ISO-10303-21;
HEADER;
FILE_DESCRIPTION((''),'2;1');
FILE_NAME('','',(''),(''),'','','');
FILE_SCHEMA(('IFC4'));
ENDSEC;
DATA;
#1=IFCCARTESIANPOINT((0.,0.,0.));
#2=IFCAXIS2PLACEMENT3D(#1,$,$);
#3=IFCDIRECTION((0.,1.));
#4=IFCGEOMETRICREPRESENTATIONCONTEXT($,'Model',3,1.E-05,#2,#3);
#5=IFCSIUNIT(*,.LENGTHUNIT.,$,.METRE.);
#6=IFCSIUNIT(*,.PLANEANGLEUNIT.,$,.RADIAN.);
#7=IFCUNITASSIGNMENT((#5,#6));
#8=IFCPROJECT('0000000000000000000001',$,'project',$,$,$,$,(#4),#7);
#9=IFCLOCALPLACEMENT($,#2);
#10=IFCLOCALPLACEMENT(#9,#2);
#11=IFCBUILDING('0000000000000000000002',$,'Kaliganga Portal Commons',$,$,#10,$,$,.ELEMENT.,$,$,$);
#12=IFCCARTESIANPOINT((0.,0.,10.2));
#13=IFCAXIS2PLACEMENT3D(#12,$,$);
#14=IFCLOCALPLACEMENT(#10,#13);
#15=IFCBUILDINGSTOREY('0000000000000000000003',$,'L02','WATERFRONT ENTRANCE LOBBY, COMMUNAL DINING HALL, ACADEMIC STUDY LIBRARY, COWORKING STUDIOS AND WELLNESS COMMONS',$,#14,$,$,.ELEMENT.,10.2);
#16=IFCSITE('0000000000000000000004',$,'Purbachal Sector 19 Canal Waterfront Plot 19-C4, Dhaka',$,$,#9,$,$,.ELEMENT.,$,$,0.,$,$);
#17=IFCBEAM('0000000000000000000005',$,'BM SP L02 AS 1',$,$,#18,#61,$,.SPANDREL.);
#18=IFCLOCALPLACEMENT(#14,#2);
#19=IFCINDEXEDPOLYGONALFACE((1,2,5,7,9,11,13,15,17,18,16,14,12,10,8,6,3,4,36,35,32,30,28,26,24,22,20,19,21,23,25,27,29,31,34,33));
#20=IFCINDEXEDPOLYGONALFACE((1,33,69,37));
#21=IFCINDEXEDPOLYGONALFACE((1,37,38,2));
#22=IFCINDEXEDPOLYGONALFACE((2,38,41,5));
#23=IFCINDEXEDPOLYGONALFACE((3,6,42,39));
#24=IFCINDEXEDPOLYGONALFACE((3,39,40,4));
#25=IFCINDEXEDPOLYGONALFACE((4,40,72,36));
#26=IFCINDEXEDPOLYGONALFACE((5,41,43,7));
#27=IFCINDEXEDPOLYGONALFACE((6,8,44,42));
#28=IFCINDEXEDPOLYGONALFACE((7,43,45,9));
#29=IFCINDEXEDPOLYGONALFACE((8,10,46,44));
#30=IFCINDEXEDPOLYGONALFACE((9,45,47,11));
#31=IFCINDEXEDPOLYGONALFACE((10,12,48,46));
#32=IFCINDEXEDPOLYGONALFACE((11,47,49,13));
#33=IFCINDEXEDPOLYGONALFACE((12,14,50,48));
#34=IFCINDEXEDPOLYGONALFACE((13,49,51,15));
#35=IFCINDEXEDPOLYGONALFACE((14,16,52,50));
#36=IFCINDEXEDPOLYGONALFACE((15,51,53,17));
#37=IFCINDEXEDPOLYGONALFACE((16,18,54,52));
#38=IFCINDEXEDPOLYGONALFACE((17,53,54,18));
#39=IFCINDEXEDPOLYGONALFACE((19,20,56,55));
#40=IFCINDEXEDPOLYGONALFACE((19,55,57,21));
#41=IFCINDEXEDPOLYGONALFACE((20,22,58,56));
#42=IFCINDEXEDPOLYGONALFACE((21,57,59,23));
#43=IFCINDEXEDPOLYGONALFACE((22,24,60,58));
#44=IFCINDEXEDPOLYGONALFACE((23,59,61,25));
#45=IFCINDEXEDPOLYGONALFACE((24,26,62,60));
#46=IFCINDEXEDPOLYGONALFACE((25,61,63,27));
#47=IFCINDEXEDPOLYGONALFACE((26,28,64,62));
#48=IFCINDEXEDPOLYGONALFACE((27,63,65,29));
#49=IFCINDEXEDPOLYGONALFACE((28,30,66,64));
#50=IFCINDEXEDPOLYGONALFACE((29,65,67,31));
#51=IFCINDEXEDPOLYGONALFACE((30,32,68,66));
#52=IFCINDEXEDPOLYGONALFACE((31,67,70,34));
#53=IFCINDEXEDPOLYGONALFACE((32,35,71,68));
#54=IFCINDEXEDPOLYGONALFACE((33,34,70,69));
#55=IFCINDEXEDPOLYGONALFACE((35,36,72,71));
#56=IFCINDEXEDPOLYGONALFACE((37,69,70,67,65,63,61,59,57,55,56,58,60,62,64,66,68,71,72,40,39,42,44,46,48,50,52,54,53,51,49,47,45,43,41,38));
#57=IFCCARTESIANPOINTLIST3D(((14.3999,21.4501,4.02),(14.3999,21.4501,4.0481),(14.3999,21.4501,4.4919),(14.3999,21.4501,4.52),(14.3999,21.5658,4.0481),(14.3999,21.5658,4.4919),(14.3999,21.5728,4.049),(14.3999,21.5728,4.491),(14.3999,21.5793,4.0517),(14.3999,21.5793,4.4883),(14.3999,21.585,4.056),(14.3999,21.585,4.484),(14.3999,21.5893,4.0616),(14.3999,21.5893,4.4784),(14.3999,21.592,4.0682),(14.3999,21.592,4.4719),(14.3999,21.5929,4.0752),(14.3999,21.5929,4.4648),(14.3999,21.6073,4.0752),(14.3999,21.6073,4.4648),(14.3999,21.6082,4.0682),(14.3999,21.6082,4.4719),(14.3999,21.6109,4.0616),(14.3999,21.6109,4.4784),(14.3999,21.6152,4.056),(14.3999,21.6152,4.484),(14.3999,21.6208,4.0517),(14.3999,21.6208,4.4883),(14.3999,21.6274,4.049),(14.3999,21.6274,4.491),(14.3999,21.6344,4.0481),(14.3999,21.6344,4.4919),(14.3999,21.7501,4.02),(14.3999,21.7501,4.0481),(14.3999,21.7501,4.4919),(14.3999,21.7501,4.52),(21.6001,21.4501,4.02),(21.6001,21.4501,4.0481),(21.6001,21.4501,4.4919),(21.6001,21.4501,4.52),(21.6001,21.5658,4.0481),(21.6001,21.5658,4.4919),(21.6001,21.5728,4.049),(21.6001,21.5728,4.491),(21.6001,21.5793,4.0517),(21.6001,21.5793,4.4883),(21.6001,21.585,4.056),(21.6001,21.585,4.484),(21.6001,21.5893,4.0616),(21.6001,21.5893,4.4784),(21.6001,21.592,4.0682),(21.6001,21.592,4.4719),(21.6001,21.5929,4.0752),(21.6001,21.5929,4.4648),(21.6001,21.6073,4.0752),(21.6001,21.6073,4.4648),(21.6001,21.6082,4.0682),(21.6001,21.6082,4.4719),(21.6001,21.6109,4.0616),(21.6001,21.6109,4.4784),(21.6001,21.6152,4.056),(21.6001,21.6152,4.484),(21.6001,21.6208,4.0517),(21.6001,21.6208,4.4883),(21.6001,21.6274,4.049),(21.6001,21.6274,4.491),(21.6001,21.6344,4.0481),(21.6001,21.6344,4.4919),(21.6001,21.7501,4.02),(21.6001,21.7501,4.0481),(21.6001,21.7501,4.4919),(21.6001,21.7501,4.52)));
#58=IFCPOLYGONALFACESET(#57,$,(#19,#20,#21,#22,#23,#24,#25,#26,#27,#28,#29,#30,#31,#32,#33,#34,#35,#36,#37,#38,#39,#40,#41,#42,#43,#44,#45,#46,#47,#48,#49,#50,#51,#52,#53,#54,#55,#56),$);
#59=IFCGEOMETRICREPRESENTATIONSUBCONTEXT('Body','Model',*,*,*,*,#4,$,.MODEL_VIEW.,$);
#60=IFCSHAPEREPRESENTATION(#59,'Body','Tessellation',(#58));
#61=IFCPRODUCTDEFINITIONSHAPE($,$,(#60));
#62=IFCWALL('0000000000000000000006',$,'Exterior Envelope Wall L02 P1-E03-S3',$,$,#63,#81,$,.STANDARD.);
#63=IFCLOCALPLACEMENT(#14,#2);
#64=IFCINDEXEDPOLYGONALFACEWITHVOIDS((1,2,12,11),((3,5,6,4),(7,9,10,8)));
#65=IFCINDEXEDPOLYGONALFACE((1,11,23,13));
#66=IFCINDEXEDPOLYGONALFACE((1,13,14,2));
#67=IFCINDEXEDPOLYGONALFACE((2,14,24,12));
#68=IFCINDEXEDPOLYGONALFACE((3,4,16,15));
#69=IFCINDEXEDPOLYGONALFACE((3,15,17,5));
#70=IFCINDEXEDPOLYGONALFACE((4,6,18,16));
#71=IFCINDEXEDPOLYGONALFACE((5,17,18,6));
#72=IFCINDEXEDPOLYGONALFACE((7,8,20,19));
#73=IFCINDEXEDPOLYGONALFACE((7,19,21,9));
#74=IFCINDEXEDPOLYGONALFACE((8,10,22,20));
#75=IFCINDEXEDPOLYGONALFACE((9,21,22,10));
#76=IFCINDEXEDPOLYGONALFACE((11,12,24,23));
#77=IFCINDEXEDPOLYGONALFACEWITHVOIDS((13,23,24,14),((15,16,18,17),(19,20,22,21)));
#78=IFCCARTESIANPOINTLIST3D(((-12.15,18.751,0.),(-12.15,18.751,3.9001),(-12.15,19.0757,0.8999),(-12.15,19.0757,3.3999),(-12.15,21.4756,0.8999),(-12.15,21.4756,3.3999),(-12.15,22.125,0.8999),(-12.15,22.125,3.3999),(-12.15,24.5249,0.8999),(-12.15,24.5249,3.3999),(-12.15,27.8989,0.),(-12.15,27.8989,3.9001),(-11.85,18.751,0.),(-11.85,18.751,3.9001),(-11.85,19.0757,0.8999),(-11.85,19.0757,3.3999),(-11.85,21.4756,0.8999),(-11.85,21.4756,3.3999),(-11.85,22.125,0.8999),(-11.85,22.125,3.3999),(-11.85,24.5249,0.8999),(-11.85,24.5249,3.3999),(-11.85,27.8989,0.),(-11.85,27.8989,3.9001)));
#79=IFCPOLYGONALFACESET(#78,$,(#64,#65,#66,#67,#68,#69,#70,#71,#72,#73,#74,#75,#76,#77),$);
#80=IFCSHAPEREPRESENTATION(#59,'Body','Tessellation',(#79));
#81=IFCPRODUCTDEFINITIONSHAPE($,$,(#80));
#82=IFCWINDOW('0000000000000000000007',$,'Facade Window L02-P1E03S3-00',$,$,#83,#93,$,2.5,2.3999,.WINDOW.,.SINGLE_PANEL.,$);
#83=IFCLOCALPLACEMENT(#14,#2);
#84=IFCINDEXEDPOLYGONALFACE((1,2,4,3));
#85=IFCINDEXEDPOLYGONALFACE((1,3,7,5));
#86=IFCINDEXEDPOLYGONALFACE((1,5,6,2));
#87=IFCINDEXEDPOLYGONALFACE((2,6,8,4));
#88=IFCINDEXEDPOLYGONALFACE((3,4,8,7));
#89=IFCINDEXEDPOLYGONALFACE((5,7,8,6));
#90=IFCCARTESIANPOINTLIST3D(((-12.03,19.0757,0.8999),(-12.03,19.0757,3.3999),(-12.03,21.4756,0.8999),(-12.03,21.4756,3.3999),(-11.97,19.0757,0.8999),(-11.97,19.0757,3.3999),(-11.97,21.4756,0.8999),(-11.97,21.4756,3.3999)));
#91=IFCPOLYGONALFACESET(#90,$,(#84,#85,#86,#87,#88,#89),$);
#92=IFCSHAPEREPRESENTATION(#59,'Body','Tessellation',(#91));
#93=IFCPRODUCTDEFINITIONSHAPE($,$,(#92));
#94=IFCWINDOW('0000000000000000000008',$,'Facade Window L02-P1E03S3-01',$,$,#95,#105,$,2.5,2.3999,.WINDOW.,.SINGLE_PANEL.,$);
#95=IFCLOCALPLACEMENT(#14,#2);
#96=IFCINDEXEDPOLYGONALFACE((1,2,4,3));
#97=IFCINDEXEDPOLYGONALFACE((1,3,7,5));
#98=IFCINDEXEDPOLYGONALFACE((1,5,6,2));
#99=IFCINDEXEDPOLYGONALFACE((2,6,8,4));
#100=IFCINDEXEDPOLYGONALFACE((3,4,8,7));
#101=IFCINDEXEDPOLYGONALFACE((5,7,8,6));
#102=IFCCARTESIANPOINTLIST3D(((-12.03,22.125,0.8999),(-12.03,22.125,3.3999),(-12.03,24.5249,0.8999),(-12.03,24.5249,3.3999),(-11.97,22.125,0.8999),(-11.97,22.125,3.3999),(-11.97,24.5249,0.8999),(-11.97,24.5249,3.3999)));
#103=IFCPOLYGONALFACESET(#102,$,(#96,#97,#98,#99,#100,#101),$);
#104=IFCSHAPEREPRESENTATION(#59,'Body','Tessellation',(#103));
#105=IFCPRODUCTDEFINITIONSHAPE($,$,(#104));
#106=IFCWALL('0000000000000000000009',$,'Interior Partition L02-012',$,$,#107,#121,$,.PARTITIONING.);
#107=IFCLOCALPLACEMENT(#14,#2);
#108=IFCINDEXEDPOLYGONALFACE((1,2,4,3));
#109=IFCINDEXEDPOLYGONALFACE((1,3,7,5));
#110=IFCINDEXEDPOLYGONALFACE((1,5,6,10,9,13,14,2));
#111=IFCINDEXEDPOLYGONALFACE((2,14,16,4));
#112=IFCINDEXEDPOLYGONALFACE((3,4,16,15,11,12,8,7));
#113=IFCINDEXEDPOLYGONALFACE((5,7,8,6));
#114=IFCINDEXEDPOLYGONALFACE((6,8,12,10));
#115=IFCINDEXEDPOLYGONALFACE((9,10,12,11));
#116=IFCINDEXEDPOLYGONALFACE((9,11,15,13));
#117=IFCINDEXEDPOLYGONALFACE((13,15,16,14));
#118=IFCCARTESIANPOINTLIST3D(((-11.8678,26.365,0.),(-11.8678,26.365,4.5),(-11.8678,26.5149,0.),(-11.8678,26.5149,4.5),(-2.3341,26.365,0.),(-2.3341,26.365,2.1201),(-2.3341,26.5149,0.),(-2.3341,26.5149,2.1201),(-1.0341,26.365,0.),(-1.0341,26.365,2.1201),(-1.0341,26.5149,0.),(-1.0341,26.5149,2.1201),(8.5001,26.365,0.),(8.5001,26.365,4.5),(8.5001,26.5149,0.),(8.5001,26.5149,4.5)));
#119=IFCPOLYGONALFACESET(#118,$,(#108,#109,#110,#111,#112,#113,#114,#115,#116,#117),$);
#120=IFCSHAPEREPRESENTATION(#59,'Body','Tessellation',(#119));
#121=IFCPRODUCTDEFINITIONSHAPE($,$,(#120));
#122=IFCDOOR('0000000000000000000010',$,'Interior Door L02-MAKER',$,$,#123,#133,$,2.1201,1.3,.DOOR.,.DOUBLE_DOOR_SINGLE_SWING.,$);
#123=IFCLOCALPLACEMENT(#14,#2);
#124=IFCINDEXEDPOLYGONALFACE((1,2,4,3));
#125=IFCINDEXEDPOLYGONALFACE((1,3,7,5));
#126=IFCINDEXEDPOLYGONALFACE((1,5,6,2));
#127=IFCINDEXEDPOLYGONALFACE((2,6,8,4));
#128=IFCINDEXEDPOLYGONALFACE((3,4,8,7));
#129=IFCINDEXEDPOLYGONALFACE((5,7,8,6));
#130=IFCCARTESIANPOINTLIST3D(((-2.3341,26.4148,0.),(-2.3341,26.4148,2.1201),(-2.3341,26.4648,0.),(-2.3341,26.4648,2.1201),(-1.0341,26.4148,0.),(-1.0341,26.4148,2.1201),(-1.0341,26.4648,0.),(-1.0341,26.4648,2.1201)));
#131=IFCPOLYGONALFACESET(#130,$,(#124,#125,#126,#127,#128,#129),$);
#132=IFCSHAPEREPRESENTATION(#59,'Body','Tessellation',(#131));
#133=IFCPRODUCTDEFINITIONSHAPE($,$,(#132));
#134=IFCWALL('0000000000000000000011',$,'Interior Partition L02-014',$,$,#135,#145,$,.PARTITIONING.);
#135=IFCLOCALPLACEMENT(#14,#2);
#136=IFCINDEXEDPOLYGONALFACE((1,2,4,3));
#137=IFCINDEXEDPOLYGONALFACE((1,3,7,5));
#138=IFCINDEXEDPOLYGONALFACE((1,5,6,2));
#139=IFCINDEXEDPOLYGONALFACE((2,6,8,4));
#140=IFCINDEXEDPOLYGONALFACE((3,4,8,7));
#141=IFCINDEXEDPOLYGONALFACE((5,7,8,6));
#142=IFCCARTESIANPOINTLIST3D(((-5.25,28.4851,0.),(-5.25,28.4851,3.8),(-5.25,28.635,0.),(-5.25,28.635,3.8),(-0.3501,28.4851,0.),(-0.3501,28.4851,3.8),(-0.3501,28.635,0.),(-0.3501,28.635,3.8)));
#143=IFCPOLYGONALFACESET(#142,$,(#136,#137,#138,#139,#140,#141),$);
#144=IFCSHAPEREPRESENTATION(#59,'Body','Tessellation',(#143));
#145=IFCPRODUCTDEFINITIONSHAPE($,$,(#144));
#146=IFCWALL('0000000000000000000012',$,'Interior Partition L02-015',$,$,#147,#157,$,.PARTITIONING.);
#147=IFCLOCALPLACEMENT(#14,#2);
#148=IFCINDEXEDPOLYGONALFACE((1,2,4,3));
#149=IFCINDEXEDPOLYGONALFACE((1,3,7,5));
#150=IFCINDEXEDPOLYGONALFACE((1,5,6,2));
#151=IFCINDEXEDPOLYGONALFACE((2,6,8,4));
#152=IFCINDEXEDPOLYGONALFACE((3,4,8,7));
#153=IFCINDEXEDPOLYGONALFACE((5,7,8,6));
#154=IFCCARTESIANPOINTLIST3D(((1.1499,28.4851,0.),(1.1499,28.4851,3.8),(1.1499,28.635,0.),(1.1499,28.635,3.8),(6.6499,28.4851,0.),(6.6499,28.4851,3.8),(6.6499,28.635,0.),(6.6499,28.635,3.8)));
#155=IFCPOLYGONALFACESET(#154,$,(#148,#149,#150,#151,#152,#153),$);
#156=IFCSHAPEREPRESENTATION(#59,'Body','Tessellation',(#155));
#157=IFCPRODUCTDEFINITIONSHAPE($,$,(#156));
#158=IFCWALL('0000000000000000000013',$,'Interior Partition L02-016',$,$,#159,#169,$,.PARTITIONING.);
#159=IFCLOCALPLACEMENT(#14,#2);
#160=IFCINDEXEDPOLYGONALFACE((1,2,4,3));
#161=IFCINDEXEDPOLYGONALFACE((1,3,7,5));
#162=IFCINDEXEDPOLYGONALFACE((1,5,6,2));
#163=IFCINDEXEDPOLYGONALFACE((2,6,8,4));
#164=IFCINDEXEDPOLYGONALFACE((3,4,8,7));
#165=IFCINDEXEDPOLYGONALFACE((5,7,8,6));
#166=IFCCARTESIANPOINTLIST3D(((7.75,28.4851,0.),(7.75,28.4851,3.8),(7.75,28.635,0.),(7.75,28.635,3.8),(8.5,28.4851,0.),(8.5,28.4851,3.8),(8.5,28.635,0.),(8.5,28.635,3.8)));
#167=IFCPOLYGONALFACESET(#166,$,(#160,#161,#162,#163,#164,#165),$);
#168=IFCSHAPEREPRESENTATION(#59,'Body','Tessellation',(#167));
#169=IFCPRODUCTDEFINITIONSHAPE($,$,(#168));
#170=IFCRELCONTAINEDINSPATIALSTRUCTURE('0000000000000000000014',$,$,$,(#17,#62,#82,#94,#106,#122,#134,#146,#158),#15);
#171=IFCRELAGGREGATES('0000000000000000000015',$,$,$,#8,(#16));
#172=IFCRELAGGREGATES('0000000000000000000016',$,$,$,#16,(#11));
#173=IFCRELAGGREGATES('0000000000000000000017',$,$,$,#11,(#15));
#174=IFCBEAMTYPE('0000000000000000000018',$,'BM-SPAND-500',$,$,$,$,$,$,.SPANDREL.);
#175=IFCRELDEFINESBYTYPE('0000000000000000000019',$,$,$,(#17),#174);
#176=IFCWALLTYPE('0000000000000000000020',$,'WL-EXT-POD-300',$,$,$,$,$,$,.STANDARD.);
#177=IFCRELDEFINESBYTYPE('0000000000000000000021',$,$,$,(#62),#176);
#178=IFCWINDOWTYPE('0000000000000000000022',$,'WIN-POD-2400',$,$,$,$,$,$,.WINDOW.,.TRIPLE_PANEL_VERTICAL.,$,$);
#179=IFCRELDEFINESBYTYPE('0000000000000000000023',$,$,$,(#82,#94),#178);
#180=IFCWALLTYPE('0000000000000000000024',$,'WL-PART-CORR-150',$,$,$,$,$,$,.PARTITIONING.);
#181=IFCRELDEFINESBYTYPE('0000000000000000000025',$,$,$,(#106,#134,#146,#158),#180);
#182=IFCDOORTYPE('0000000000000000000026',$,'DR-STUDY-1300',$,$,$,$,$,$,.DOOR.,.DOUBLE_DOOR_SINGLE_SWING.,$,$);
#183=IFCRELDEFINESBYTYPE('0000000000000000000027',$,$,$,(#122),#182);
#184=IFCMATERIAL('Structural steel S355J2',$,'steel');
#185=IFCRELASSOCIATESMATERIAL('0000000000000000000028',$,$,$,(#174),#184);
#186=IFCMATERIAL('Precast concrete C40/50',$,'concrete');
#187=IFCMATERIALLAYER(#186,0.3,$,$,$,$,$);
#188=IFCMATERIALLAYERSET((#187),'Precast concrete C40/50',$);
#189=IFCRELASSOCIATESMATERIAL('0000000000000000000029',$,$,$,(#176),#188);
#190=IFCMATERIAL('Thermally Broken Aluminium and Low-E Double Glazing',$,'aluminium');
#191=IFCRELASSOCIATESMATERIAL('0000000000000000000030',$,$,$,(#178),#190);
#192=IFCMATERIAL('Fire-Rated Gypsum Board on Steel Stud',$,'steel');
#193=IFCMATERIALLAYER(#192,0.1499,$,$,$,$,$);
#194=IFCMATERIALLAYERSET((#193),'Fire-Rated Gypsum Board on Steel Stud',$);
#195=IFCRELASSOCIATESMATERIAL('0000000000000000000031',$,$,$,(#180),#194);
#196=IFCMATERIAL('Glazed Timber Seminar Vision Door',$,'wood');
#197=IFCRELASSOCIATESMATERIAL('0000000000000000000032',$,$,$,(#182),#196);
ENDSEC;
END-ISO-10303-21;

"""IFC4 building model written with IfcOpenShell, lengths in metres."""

from ifc_helpers import new_model, si_unit, direction, frame, frame_2d, origin, origin_2d, place, context, subcontext, project, spatial, rectangle, i_section, extrude, source, transform, mapped, material, layer, layer_set, material_profile, profile_set, type_object, element, fill, save


model = new_model("IFC4")

# Units and contexts
model_context = context("Model", 3, precision=1e-05, world=origin(), true_north=direction((0.0, 1.0)))
body_context = subcontext(model_context, "Body", "Model", "MODEL_VIEW")
ifc_project = project(units=[si_unit("LENGTHUNIT", "METRE"), si_unit("PLANEANGLEUNIT", "RADIAN")], contexts=[model_context])

# Site, building, storey
site_placement = place(None, origin())
site = spatial("IfcSite", under=ifc_project, at=site_placement, Name="Purbachal Sector 19 Canal Waterfront Plot 19-C4, Dhaka", CompositionType="ELEMENT", RefElevation=0.0)
building_placement = place(site_placement, origin())
building = spatial("IfcBuilding", under=site, at=building_placement, Name="Kaliganga Portal Commons", CompositionType="ELEMENT")
storey_placement = place(building_placement, frame((0.0, 0.0, 10.2)))
storey = spatial("IfcBuildingStorey", under=building, at=storey_placement, Name="L02", Description="WATERFRONT ENTRANCE LOBBY, COMMUNAL DINING HALL, ACADEMIC STUDY LIBRARY, COWORKING STUDIOS AND WELLNESS COMMONS", CompositionType="ELEMENT", Elevation=10.2)

# Beam
ifc_material_1 = material(Name="Structural steel S355J2", Category="steel")
ifc_material_profile_1 = material_profile(ifc_material_1, i_section(OverallWidth=0.3, OverallDepth=0.5, WebThickness=0.0144, FlangeThickness=0.0281, FilletRadius=0.0271, at=origin_2d()), Name="HE 500 B")
ifc_profile_set_1 = profile_set([ifc_material_profile_1], Name="Structural steel S355J2 wide-flange")
beam_type_1 = type_object("IfcBeamType", Name="BM-SPAND-500", PredefinedType="SPANDREL", material=ifc_profile_set_1)
shared_shape_1 = source(origin(), body_context, "Body", "SweptSolid", [
    extrude(i_section(OverallWidth=0.3, OverallDepth=0.5, WebThickness=0.0144, FlangeThickness=0.0281, FilletRadius=0.0271, at=origin_2d()), origin(), (0.0, 0.0, 1.0), 7.2002),
])
beam_1_placement = place(storey_placement, frame((14.3999, 21.6001, 4.27), z_axis=(1.0, 0.0, 0.0), x_axis=(0.0, 1.0, 0.0)))
element("IfcBeam", 1, at=beam_1_placement, inside=storey, type_object=beam_type_1, Name="BM SP L02 AS 1", PredefinedType="SPANDREL", context=body_context, shape_type="MappedRepresentation", body=[
    mapped(shared_shape_1, transform((0.0, 0.0, 0.0), x_axis=(1.0, 0.0, 0.0), y_axis=(0.0, 1.0, 0.0), z_axis=(0.0, 0.0, 1.0), scale=1.0)),
])

# Wall, openings, windows
ifc_material_2 = material(Name="Precast concrete C40/50", Category="concrete")
ifc_layer_1 = layer(ifc_material_2, 0.3)
ifc_layer_set_1 = layer_set([ifc_layer_1], Name="Precast concrete C40/50")
wall_type_1 = type_object("IfcWallType", Name="WL-EXT-POD-300", PredefinedType="STANDARD", material=ifc_layer_set_1)
wall_1_placement = place(storey_placement, frame((-12.0, 18.751, 0.0), z_axis=(0.0, 0.0, 1.0), x_axis=(0.0, 1.0, 0.0)))
wall_1 = element("IfcWall", 2, at=wall_1_placement, inside=storey, type_object=wall_type_1, Name="Exterior Envelope Wall L02 P1-E03-S3", PredefinedType="STANDARD", context=body_context, shape_type="SweptSolid", body=[
    extrude(rectangle(XDim=9.1479, YDim=0.3, at=frame_2d((4.574, 0.0))), origin(), (0.0, 0.0, 1.0), 3.9001),
])
opening_1_placement = place(wall_1_placement, frame((0.3247, 0.0, 0.8999)))
opening_1 = element("IfcOpeningElement", 3, at=opening_1_placement, cuts=wall_1, PredefinedType="OPENING", context=body_context, shape_type="SweptSolid", body=[
    extrude(rectangle(XDim=2.3999, YDim=2.5, at=frame_2d((1.2, 1.25))), frame((0.0, 0.1602, 0.0), z_axis=(0.0, -1.0, 0.0), x_axis=(1.0, 0.0, 0.0)), (0.0, 0.0, 1.0), 0.3201),
])
opening_2_placement = place(wall_1_placement, frame((3.374, 0.0, 0.8999)))
opening_2 = element("IfcOpeningElement", 4, at=opening_2_placement, cuts=wall_1, PredefinedType="OPENING", context=body_context, shape_type="SweptSolid", body=[
    extrude(rectangle(XDim=2.3999, YDim=2.5, at=frame_2d((1.2, 1.25))), frame((0.0, 0.1602, 0.0), z_axis=(0.0, -1.0, 0.0), x_axis=(1.0, 0.0, 0.0)), (0.0, 0.0, 1.0), 0.3201),
])
ifc_material_3 = material(Name="Thermally Broken Aluminium and Low-E Double Glazing", Category="aluminium")
window_type = type_object("IfcWindowType", Name="WIN-POD-2400", PartitioningType="TRIPLE_PANEL_VERTICAL", PredefinedType="WINDOW", material=ifc_material_3)
window_1_placement = place(opening_1_placement, origin())
window_1 = element("IfcWindow", 5, at=window_1_placement, inside=storey, type_object=window_type, Name="Facade Window L02-P1E03S3-00", OverallHeight=2.5, OverallWidth=2.3999, PartitioningType="SINGLE_PANEL", PredefinedType="WINDOW", context=body_context, shape_type="SweptSolid", body=[
    extrude(rectangle(XDim=2.3999, YDim=2.5, at=frame_2d((1.2, 1.25))), frame((0.0, 0.03, 0.0), z_axis=(0.0, -1.0, 0.0), x_axis=(1.0, 0.0, 0.0)), (0.0, 0.0, 1.0), 0.0601),
])
fill(opening_1, window_1)
window_2_placement = place(opening_2_placement, origin())
window_2 = element("IfcWindow", 6, at=window_2_placement, inside=storey, type_object=window_type, Name="Facade Window L02-P1E03S3-01", OverallHeight=2.5, OverallWidth=2.3999, PartitioningType="SINGLE_PANEL", PredefinedType="WINDOW", context=body_context, shape_type="SweptSolid", body=[
    extrude(rectangle(XDim=2.3999, YDim=2.5, at=frame_2d((1.2, 1.25))), frame((0.0, 0.03, 0.0), z_axis=(0.0, -1.0, 0.0), x_axis=(1.0, 0.0, 0.0)), (0.0, 0.0, 1.0), 0.0601),
])
fill(opening_2, window_2)

# Wall, opening, door
ifc_material_4 = material(Name="Fire-Rated Gypsum Board on Steel Stud", Category="steel")
ifc_layer_2 = layer(ifc_material_4, 0.1499)
ifc_layer_set_2 = layer_set([ifc_layer_2], Name="Fire-Rated Gypsum Board on Steel Stud")
wall_type_2 = type_object("IfcWallType", Name="WL-PART-CORR-150", PredefinedType="PARTITIONING", material=ifc_layer_set_2)
wall_2_placement = place(storey_placement, frame((-11.8679, 26.4399, 0.0), z_axis=(0.0, 0.0, 1.0), x_axis=(1.0, 0.0, 0.0)))
wall_2 = element("IfcWall", 7, at=wall_2_placement, inside=storey, type_object=wall_type_2, Name="Interior Partition L02-012", PredefinedType="PARTITIONING", context=body_context, shape_type="SweptSolid", body=[
    extrude(rectangle(XDim=20.3679, YDim=0.1499, at=frame_2d((10.1841, 0.0))), origin(), (0.0, 0.0, 1.0), 4.5),
])
opening_3_placement = place(wall_2_placement, frame((9.5339, 0.0, 0.0)))
opening_3 = element("IfcOpeningElement", 8, at=opening_3_placement, cuts=wall_2, PredefinedType="OPENING", context=body_context, shape_type="SweptSolid", body=[
    extrude(rectangle(XDim=1.3, YDim=2.1201, at=frame_2d((0.6499, 1.0601))), frame((0.0, 0.085, 0.0), z_axis=(0.0, -1.0, 0.0), x_axis=(1.0, 0.0, 0.0)), (0.0, 0.0, 1.0), 0.1699),
])
ifc_material_5 = material(Name="Glazed Timber Seminar Vision Door", Category="wood")
door_type = type_object("IfcDoorType", Name="DR-STUDY-1300", OperationType="DOUBLE_DOOR_SINGLE_SWING", PredefinedType="DOOR", material=ifc_material_5)
door_1_placement = place(opening_3_placement, origin())
door_1 = element("IfcDoor", 9, at=door_1_placement, inside=storey, type_object=door_type, Name="Interior Door L02-MAKER", OperationType="DOUBLE_DOOR_SINGLE_SWING", OverallHeight=2.1201, OverallWidth=1.3, PredefinedType="DOOR", context=body_context, shape_type="SweptSolid", body=[
    extrude(rectangle(XDim=1.3, YDim=2.1201, at=frame_2d((0.6499, 1.0601))), frame((0.0, 0.0249, 0.0), z_axis=(0.0, -1.0, 0.0), x_axis=(1.0, 0.0, 0.0)), (0.0, 0.0, 1.0), 0.05),
])
fill(opening_3, door_1)

# Walls
wall_3_placement = place(storey_placement, frame((-5.25, 28.5601, 0.0), z_axis=(0.0, 0.0, 1.0), x_axis=(1.0, 0.0, 0.0)))
element("IfcWall", 10, at=wall_3_placement, inside=storey, type_object=wall_type_2, Name="Interior Partition L02-014", PredefinedType="PARTITIONING", context=body_context, shape_type="SweptSolid", body=[
    extrude(rectangle(XDim=4.8999, YDim=0.1499, at=frame_2d((2.45, 0.0))), origin(), (0.0, 0.0, 1.0), 3.8),
])
wall_4_placement = place(storey_placement, frame((1.1499, 28.5601, 0.0), z_axis=(0.0, 0.0, 1.0), x_axis=(1.0, 0.0, 0.0)))
element("IfcWall", 11, at=wall_4_placement, inside=storey, type_object=wall_type_2, Name="Interior Partition L02-015", PredefinedType="PARTITIONING", context=body_context, shape_type="SweptSolid", body=[
    extrude(rectangle(XDim=5.5, YDim=0.1499, at=frame_2d((2.75, 0.0))), origin(), (0.0, 0.0, 1.0), 3.8),
])
wall_5_placement = place(storey_placement, frame((7.75, 28.5601, 0.0), z_axis=(0.0, 0.0, 1.0), x_axis=(1.0, 0.0, 0.0)))
element("IfcWall", 12, at=wall_5_placement, inside=storey, type_object=wall_type_2, Name="Interior Partition L02-016", PredefinedType="PARTITIONING", context=body_context, shape_type="SweptSolid", body=[
    extrude(rectangle(XDim=0.75, YDim=0.1499, at=frame_2d((0.375, 0.0))), origin(), (0.0, 0.0, 1.0), 3.8),
])

save(model, "model.ifc")
